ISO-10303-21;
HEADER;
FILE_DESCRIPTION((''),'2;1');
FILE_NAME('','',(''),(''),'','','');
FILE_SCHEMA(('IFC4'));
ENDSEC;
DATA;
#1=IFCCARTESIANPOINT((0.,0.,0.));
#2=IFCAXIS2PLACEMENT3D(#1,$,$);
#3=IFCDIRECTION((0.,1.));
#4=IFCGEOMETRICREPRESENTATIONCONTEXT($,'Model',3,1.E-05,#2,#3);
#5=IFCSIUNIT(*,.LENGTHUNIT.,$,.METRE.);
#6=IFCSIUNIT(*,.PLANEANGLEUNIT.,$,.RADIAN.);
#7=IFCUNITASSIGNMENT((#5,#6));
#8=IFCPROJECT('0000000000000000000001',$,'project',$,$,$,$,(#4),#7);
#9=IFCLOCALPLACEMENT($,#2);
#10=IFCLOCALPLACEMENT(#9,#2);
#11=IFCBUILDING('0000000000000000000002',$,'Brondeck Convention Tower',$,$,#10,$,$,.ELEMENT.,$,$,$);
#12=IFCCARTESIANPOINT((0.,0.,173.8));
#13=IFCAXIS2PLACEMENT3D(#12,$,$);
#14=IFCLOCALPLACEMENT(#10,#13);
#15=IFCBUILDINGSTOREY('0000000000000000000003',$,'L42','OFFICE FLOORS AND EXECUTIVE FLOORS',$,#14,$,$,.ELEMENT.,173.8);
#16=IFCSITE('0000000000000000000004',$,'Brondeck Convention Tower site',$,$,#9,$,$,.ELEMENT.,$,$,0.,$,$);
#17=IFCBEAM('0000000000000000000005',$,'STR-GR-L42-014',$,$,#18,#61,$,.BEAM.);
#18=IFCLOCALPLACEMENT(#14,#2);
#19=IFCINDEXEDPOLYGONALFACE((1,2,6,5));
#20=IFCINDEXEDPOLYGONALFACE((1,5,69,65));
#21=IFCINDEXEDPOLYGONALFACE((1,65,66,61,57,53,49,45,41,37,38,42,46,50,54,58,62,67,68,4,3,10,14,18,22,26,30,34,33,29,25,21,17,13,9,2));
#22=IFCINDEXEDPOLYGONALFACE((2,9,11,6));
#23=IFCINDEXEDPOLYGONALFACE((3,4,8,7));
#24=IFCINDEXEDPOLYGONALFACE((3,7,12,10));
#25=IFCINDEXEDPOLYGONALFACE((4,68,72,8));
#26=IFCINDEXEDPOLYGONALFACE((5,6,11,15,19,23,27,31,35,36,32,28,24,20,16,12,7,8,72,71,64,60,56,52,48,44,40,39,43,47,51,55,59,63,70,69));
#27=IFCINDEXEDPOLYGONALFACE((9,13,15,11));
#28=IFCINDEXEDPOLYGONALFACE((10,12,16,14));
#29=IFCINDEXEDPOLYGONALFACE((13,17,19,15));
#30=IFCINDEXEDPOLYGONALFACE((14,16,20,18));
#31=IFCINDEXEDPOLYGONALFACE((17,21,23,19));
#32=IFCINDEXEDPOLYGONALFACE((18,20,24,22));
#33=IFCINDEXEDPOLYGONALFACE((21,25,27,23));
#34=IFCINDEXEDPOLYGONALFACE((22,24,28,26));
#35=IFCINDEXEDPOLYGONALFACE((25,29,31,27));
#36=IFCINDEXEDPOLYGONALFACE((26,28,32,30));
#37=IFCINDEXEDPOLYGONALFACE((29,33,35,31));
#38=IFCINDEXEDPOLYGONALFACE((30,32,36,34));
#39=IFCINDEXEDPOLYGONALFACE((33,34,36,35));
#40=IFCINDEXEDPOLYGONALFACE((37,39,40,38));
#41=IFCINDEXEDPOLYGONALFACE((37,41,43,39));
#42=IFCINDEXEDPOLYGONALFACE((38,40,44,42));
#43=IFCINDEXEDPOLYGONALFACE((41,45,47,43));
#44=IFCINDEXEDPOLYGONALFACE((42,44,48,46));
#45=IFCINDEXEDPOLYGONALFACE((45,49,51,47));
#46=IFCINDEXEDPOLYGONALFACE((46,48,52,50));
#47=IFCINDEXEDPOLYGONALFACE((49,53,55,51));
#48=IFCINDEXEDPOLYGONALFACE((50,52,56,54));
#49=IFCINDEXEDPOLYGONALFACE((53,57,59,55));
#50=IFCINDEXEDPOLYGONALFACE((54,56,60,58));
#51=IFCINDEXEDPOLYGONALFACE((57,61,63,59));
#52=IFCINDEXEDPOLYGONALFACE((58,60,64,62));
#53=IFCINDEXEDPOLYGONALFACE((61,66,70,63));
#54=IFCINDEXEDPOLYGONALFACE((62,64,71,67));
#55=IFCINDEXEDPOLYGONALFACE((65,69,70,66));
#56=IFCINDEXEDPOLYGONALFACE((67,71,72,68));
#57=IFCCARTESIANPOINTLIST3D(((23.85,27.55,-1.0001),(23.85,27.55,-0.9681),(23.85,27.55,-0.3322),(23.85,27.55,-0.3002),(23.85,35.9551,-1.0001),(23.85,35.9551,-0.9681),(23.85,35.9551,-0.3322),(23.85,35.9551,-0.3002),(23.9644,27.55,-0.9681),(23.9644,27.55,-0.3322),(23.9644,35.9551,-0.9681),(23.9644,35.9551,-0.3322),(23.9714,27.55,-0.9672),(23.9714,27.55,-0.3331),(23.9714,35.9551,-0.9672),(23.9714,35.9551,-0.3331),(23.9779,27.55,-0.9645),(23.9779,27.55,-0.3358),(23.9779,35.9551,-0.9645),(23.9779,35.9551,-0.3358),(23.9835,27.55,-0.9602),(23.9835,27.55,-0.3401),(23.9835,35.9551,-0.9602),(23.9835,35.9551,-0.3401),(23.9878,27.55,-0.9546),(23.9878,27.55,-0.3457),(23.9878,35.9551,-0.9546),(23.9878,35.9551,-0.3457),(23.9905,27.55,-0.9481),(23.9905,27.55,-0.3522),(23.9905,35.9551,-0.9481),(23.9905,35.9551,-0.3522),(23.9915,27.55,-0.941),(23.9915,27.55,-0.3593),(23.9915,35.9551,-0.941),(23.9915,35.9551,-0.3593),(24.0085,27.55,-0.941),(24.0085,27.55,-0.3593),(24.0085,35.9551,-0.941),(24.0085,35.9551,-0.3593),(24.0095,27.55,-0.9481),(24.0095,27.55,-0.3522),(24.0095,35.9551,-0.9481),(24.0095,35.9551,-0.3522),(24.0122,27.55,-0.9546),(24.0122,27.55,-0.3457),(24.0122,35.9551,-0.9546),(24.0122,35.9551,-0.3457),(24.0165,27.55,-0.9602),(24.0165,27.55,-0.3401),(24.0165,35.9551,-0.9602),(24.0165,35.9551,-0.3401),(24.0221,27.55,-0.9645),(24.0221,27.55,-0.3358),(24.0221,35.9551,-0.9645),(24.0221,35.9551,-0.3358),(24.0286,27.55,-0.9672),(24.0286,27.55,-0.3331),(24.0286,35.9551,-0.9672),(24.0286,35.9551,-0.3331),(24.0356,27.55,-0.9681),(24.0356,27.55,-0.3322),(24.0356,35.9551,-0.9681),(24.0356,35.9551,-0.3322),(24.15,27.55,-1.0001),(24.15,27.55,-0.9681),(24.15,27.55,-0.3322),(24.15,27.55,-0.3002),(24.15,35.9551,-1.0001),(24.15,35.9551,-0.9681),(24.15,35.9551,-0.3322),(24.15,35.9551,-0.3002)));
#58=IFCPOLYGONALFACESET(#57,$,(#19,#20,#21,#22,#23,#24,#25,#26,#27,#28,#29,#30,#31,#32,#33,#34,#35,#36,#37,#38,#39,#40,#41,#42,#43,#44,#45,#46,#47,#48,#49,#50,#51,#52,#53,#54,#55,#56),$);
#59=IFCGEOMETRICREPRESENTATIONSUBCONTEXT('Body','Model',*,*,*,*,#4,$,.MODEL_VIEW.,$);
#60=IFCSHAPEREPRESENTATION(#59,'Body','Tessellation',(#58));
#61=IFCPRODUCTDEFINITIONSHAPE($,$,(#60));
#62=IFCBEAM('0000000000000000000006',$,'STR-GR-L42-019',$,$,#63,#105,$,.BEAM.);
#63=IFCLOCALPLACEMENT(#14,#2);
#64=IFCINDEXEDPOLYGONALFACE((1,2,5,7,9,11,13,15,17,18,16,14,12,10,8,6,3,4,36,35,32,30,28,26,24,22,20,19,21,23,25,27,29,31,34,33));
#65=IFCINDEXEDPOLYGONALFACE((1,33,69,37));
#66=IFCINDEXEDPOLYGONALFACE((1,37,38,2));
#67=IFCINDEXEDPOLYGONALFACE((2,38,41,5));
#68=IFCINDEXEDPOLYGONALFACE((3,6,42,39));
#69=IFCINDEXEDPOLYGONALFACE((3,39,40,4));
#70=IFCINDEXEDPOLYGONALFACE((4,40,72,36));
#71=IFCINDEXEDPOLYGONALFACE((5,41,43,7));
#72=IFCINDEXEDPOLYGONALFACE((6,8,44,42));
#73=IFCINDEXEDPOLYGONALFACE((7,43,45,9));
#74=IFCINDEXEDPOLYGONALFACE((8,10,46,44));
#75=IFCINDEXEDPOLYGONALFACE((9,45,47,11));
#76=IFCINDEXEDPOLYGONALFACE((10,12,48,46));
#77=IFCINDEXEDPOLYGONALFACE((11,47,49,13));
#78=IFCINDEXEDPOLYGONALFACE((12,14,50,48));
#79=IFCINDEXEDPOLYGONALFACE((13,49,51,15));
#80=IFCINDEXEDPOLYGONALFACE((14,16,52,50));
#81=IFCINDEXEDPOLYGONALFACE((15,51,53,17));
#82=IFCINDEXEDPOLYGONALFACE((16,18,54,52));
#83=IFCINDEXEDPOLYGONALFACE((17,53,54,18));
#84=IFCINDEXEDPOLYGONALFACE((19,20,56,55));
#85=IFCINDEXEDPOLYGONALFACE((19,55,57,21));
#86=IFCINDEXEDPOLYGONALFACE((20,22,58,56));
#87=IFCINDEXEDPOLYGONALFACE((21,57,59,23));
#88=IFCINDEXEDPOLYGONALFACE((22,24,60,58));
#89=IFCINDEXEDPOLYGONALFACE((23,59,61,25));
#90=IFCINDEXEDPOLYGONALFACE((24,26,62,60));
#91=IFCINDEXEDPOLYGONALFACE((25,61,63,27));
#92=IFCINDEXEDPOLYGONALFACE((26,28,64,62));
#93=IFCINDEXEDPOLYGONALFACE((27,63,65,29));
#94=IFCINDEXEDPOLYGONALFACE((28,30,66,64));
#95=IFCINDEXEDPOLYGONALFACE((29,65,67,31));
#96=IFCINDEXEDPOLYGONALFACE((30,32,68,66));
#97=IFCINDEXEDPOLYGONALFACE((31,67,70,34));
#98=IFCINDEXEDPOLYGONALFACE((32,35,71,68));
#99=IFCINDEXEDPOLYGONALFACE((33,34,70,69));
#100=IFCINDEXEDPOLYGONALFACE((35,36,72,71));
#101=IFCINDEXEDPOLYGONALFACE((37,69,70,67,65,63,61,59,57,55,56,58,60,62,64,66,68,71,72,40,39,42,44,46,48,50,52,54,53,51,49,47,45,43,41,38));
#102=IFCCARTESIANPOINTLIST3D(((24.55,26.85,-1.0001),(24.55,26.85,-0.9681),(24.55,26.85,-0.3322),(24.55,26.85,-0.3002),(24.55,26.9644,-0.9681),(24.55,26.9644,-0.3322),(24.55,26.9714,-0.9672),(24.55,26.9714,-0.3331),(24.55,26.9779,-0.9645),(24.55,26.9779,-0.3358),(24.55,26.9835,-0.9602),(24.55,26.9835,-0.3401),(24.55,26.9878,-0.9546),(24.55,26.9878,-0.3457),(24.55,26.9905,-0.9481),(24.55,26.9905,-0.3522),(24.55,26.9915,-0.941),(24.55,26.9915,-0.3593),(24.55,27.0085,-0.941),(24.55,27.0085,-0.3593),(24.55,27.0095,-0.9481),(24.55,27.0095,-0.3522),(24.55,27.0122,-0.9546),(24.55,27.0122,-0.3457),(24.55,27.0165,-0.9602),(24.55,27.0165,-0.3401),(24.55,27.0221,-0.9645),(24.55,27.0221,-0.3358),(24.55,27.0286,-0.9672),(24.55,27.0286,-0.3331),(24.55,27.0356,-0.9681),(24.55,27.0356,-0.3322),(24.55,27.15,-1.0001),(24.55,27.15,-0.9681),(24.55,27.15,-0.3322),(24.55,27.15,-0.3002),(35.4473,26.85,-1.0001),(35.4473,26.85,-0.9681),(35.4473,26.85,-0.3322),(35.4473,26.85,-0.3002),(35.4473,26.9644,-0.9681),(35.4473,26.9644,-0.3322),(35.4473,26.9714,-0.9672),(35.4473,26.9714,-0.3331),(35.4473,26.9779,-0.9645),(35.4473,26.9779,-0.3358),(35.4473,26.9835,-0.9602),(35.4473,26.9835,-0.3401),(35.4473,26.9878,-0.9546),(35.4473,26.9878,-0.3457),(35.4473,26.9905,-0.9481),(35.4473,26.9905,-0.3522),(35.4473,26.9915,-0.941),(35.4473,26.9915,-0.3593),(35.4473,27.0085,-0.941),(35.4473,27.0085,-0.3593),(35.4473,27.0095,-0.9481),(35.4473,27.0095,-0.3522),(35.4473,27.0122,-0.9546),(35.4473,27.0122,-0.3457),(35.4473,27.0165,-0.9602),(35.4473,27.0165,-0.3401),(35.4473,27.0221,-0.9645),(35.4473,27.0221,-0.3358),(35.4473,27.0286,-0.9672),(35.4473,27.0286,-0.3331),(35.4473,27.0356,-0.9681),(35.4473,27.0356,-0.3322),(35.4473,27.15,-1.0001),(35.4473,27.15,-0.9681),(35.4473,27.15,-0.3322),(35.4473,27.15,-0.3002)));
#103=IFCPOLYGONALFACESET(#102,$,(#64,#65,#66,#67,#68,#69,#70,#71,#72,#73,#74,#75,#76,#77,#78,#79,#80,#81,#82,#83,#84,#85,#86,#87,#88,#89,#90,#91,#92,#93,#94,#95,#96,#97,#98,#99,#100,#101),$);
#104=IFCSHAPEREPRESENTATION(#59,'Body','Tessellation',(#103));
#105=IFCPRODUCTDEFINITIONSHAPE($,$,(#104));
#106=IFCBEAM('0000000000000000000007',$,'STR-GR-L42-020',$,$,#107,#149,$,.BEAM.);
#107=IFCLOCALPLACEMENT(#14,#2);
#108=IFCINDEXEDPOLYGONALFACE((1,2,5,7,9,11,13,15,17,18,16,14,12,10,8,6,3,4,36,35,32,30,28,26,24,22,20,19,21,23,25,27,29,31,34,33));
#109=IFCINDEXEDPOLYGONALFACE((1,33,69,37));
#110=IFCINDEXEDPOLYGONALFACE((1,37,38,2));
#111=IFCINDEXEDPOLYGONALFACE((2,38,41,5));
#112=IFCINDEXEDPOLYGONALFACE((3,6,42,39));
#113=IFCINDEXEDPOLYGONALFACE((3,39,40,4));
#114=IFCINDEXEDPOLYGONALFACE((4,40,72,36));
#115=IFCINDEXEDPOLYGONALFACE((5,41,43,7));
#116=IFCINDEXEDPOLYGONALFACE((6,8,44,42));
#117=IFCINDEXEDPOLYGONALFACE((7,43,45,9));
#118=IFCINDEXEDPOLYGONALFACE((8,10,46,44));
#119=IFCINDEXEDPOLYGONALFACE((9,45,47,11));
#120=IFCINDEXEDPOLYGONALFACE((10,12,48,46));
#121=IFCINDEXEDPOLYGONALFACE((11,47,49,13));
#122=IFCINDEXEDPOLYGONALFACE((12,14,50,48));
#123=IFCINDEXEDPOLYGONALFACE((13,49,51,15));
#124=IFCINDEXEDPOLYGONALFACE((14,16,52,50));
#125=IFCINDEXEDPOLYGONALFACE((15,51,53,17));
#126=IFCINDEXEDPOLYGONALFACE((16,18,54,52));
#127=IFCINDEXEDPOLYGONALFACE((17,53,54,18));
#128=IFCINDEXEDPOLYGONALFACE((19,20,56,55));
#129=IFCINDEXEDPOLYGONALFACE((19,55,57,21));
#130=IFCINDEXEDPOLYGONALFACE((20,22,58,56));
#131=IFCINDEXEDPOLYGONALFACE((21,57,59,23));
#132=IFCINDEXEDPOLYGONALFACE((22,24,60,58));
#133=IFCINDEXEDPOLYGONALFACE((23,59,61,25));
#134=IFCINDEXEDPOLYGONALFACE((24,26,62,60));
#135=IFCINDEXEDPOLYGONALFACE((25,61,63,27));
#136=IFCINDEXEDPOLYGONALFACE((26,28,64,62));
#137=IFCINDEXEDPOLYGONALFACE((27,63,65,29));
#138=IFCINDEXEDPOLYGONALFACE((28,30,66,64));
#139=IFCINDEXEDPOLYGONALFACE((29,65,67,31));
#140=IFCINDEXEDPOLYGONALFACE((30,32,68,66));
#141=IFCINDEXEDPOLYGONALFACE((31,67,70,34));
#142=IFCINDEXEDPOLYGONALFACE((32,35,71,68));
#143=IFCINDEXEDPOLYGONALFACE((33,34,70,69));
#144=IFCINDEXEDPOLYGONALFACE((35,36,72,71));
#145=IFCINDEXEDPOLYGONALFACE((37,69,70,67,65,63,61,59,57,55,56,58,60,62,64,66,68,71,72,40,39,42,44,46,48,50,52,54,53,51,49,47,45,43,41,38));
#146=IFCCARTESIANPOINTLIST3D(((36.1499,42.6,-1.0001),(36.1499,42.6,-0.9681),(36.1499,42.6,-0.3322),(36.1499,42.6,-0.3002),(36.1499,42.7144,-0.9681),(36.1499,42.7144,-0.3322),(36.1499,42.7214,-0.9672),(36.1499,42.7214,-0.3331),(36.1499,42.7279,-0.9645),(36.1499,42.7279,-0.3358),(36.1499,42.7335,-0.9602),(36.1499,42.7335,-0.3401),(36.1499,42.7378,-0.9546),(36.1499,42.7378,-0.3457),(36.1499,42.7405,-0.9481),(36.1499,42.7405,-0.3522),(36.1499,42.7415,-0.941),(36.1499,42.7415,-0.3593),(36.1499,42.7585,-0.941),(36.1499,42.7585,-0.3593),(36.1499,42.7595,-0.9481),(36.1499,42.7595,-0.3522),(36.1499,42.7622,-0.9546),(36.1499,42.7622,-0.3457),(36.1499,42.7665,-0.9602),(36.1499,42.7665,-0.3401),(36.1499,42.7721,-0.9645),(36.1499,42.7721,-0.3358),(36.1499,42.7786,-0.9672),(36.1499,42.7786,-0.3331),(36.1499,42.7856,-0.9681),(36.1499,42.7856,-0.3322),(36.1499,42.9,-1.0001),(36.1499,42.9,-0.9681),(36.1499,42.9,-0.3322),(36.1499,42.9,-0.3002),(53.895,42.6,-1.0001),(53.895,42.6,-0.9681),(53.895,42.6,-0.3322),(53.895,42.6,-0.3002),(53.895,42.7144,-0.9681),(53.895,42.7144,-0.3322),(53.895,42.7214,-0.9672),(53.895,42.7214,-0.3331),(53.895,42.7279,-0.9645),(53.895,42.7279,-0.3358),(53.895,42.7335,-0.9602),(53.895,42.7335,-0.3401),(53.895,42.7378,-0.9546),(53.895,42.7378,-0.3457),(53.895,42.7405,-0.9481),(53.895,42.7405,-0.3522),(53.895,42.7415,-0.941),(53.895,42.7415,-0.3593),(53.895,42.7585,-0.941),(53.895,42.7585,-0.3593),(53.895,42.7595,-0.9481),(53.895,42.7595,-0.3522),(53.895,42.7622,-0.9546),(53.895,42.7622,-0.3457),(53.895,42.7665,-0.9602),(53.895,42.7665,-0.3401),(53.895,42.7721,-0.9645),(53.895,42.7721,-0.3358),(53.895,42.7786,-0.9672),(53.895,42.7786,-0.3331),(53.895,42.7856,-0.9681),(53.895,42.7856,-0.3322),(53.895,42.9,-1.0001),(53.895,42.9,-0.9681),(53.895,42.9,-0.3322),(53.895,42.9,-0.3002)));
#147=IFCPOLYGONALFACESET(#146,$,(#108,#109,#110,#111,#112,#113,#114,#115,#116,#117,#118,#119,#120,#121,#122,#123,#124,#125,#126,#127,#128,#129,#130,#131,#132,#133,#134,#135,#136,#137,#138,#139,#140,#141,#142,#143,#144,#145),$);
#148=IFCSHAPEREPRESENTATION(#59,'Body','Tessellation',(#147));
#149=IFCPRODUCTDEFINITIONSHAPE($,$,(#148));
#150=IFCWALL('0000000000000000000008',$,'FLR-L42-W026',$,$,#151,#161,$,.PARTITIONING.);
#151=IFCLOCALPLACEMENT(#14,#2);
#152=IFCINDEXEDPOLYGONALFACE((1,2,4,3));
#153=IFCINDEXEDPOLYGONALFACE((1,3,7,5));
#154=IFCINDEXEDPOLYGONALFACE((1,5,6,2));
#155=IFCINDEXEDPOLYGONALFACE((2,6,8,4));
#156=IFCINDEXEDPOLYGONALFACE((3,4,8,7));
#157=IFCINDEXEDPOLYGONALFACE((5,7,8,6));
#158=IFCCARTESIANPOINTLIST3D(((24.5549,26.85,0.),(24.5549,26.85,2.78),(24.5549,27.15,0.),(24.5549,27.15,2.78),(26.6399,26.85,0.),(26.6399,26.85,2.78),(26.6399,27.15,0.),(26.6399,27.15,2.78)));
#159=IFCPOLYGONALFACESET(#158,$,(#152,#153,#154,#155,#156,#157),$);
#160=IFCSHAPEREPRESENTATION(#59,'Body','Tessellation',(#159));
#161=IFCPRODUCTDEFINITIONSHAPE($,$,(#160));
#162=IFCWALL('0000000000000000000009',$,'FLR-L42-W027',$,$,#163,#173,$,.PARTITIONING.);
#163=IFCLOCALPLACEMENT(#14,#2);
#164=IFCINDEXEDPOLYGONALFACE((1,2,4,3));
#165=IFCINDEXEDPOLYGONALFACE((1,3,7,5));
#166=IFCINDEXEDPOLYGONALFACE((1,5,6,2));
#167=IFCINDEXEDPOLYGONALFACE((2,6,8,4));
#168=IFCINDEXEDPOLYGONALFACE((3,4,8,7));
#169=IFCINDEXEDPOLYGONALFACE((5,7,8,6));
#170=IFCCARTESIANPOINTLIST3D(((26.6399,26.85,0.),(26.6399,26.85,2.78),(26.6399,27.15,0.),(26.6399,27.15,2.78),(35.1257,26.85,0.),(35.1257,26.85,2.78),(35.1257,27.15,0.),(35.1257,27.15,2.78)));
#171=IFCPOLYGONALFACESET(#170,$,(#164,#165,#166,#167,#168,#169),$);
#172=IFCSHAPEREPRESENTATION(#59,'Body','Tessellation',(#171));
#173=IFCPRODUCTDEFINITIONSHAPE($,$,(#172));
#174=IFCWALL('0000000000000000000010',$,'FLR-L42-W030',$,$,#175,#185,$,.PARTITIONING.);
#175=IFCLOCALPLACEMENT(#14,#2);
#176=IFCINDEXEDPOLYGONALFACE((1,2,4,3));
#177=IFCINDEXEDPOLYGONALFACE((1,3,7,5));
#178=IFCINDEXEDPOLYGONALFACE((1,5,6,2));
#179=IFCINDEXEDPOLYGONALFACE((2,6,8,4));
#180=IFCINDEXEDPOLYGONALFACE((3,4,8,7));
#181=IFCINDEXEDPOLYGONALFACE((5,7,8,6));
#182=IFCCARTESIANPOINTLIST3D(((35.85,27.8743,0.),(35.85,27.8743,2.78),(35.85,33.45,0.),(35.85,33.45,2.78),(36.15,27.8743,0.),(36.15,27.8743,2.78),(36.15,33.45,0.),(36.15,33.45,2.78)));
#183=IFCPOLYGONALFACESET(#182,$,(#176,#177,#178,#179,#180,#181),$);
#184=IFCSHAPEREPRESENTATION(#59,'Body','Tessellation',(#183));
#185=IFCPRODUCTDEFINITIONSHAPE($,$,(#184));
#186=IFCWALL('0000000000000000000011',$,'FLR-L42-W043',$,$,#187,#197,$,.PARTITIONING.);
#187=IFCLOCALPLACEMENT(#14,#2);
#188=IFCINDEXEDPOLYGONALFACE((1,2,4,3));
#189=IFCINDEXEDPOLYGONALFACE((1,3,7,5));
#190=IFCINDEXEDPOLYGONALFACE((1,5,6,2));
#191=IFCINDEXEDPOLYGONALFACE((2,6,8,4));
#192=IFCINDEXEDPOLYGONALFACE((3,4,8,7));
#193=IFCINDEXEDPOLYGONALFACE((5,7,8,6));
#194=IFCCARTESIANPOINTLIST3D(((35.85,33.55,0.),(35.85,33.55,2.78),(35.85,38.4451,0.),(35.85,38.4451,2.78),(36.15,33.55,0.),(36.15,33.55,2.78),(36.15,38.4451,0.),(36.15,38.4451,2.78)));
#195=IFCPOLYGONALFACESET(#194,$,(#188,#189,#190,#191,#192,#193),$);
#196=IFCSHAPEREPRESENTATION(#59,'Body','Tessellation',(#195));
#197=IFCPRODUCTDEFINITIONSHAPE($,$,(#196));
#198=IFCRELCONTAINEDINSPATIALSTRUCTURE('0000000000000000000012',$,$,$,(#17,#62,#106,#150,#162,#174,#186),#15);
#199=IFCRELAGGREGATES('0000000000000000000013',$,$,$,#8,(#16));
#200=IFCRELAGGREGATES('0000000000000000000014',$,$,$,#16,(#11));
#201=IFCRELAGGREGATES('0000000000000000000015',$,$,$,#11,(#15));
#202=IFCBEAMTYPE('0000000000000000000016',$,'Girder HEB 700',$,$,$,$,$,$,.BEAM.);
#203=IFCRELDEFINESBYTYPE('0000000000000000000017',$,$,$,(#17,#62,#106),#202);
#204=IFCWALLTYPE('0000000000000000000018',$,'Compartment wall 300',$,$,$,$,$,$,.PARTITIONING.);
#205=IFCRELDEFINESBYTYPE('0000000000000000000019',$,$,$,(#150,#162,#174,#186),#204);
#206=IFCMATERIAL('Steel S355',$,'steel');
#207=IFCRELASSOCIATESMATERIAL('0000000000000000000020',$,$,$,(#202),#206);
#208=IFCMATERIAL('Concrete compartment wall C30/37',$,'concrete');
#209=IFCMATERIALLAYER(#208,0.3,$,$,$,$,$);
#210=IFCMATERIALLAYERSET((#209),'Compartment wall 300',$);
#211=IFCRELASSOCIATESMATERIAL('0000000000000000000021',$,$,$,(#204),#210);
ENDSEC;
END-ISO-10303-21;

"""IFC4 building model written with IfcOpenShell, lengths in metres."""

from ifc_helpers import new_model, si_unit, direction, frame, frame_2d, origin, origin_2d, place, context, subcontext, project, spatial, rectangle, i_section, extrude, material, layer, layer_set, material_profile, profile_set, type_object, element, save


model = new_model("IFC4")

# Units and contexts
model_context = context("Model", 3, precision=1e-05, world=origin(), true_north=direction((0.0, 1.0)))
body_context = subcontext(model_context, "Body", "Model", "MODEL_VIEW")
ifc_project = project(units=[si_unit("LENGTHUNIT", "METRE"), si_unit("PLANEANGLEUNIT", "RADIAN")], contexts=[model_context])

# Site, building, storey
site_placement = place(None, origin())
site = spatial("IfcSite", under=ifc_project, at=site_placement, Name="Brondeck Convention Tower site", CompositionType="ELEMENT", RefElevation=0.0)
building_placement = place(site_placement, origin())
building = spatial("IfcBuilding", under=site, at=building_placement, Name="Brondeck Convention Tower", CompositionType="ELEMENT")
storey_placement = place(building_placement, frame((0.0, 0.0, 173.8)))
storey = spatial("IfcBuildingStorey", under=building, at=storey_placement, Name="L42", Description="OFFICE FLOORS AND EXECUTIVE FLOORS", CompositionType="ELEMENT", Elevation=173.8)

# Beams
ifc_material_1 = material(Name="Steel S355", Category="steel")
ifc_material_profile_1 = material_profile(ifc_material_1, i_section(OverallWidth=0.3, OverallDepth=0.7, WebThickness=0.0171, FlangeThickness=0.032, FilletRadius=0.0271, at=origin_2d()), Name="HEB 700")
ifc_profile_set_1 = profile_set([ifc_material_profile_1], Name="Steel S355")
beam_type = type_object("IfcBeamType", Name="Girder HEB 700", PredefinedType="BEAM", material=ifc_profile_set_1)
beam_1_placement = place(storey_placement, frame((24.0, 35.9551, -0.6501), z_axis=(0.0, -1.0, 0.0), x_axis=(1.0, 0.0, 0.0)))
element("IfcBeam", 1, at=beam_1_placement, inside=storey, type_object=beam_type, Name="STR-GR-L42-014", PredefinedType="BEAM", context=body_context, shape_type="SweptSolid", body=[
    extrude(i_section(OverallWidth=0.3, OverallDepth=0.7, WebThickness=0.0171, FlangeThickness=0.032, FilletRadius=0.0271, at=origin_2d()), origin(), (0.0, 0.0, 1.0), 8.405),
])
beam_2_placement = place(storey_placement, frame((24.55, 27.0, -0.6501), z_axis=(1.0, 0.0, 0.0), x_axis=(0.0, 1.0, 0.0)))
element("IfcBeam", 2, at=beam_2_placement, inside=storey, type_object=beam_type, Name="STR-GR-L42-019", PredefinedType="BEAM", context=body_context, shape_type="SweptSolid", body=[
    extrude(i_section(OverallWidth=0.3, OverallDepth=0.7, WebThickness=0.0171, FlangeThickness=0.032, FilletRadius=0.0271, at=origin_2d()), origin(), (0.0, 0.0, 1.0), 10.8972),
])
beam_3_placement = place(storey_placement, frame((36.1499, 42.75, -0.6501), z_axis=(1.0, 0.0, 0.0), x_axis=(0.0, 1.0, 0.0)))
element("IfcBeam", 3, at=beam_3_placement, inside=storey, type_object=beam_type, Name="STR-GR-L42-020", PredefinedType="BEAM", context=body_context, shape_type="SweptSolid", body=[
    extrude(i_section(OverallWidth=0.3, OverallDepth=0.7, WebThickness=0.0171, FlangeThickness=0.032, FilletRadius=0.0271, at=origin_2d()), origin(), (0.0, 0.0, 1.0), 17.7451),
])

# Walls
ifc_material_2 = material(Name="Concrete compartment wall C30/37", Category="concrete")
ifc_layer_1 = layer(ifc_material_2, 0.3)
ifc_layer_set_1 = layer_set([ifc_layer_1], Name="Compartment wall 300")
wall_type_1 = type_object("IfcWallType", Name="Compartment wall 300", PredefinedType="PARTITIONING", material=ifc_layer_set_1)
wall_1_placement = place(storey_placement, frame((24.5549, 27.0, 0.0), z_axis=(0.0, 0.0, 1.0), x_axis=(1.0, 0.0, 0.0)))
element("IfcWall", 4, at=wall_1_placement, inside=storey, type_object=wall_type_1, Name="FLR-L42-W026", PredefinedType="PARTITIONING", context=body_context, shape_type="SweptSolid", body=[
    extrude(rectangle(XDim=2.085, YDim=0.3, at=frame_2d((1.0425, 0.0))), origin(), (0.0, 0.0, 1.0), 2.78),
])
wall_2_placement = place(storey_placement, frame((26.6399, 27.0, 0.0), z_axis=(0.0, 0.0, 1.0), x_axis=(1.0, 0.0, 0.0)))
element("IfcWall", 5, at=wall_2_placement, inside=storey, type_object=wall_type_1, Name="FLR-L42-W027", PredefinedType="PARTITIONING", context=body_context, shape_type="SweptSolid", body=[
    extrude(rectangle(XDim=8.4858, YDim=0.3, at=frame_2d((4.2429, 0.0))), origin(), (0.0, 0.0, 1.0), 2.78),
])
wall_3_placement = place(storey_placement, frame((36.0, 27.8743, 0.0), z_axis=(0.0, 0.0, 1.0), x_axis=(0.0, 1.0, 0.0)))
element("IfcWall", 6, at=wall_3_placement, inside=storey, type_object=wall_type_1, Name="FLR-L42-W030", PredefinedType="PARTITIONING", context=body_context, shape_type="SweptSolid", body=[
    extrude(rectangle(XDim=5.5757, YDim=0.3, at=frame_2d((2.7878, 0.0))), origin(), (0.0, 0.0, 1.0), 2.78),
])
wall_4_placement = place(storey_placement, frame((36.0, 33.55, 0.0), z_axis=(0.0, 0.0, 1.0), x_axis=(0.0, 1.0, 0.0)))
element("IfcWall", 7, at=wall_4_placement, inside=storey, type_object=wall_type_1, Name="FLR-L42-W043", PredefinedType="PARTITIONING", context=body_context, shape_type="SweptSolid", body=[
    extrude(rectangle(XDim=4.895, YDim=0.3, at=frame_2d((2.4475, 0.0))), origin(), (0.0, 0.0, 1.0), 2.78),
])

save(model, "model.ifc")
